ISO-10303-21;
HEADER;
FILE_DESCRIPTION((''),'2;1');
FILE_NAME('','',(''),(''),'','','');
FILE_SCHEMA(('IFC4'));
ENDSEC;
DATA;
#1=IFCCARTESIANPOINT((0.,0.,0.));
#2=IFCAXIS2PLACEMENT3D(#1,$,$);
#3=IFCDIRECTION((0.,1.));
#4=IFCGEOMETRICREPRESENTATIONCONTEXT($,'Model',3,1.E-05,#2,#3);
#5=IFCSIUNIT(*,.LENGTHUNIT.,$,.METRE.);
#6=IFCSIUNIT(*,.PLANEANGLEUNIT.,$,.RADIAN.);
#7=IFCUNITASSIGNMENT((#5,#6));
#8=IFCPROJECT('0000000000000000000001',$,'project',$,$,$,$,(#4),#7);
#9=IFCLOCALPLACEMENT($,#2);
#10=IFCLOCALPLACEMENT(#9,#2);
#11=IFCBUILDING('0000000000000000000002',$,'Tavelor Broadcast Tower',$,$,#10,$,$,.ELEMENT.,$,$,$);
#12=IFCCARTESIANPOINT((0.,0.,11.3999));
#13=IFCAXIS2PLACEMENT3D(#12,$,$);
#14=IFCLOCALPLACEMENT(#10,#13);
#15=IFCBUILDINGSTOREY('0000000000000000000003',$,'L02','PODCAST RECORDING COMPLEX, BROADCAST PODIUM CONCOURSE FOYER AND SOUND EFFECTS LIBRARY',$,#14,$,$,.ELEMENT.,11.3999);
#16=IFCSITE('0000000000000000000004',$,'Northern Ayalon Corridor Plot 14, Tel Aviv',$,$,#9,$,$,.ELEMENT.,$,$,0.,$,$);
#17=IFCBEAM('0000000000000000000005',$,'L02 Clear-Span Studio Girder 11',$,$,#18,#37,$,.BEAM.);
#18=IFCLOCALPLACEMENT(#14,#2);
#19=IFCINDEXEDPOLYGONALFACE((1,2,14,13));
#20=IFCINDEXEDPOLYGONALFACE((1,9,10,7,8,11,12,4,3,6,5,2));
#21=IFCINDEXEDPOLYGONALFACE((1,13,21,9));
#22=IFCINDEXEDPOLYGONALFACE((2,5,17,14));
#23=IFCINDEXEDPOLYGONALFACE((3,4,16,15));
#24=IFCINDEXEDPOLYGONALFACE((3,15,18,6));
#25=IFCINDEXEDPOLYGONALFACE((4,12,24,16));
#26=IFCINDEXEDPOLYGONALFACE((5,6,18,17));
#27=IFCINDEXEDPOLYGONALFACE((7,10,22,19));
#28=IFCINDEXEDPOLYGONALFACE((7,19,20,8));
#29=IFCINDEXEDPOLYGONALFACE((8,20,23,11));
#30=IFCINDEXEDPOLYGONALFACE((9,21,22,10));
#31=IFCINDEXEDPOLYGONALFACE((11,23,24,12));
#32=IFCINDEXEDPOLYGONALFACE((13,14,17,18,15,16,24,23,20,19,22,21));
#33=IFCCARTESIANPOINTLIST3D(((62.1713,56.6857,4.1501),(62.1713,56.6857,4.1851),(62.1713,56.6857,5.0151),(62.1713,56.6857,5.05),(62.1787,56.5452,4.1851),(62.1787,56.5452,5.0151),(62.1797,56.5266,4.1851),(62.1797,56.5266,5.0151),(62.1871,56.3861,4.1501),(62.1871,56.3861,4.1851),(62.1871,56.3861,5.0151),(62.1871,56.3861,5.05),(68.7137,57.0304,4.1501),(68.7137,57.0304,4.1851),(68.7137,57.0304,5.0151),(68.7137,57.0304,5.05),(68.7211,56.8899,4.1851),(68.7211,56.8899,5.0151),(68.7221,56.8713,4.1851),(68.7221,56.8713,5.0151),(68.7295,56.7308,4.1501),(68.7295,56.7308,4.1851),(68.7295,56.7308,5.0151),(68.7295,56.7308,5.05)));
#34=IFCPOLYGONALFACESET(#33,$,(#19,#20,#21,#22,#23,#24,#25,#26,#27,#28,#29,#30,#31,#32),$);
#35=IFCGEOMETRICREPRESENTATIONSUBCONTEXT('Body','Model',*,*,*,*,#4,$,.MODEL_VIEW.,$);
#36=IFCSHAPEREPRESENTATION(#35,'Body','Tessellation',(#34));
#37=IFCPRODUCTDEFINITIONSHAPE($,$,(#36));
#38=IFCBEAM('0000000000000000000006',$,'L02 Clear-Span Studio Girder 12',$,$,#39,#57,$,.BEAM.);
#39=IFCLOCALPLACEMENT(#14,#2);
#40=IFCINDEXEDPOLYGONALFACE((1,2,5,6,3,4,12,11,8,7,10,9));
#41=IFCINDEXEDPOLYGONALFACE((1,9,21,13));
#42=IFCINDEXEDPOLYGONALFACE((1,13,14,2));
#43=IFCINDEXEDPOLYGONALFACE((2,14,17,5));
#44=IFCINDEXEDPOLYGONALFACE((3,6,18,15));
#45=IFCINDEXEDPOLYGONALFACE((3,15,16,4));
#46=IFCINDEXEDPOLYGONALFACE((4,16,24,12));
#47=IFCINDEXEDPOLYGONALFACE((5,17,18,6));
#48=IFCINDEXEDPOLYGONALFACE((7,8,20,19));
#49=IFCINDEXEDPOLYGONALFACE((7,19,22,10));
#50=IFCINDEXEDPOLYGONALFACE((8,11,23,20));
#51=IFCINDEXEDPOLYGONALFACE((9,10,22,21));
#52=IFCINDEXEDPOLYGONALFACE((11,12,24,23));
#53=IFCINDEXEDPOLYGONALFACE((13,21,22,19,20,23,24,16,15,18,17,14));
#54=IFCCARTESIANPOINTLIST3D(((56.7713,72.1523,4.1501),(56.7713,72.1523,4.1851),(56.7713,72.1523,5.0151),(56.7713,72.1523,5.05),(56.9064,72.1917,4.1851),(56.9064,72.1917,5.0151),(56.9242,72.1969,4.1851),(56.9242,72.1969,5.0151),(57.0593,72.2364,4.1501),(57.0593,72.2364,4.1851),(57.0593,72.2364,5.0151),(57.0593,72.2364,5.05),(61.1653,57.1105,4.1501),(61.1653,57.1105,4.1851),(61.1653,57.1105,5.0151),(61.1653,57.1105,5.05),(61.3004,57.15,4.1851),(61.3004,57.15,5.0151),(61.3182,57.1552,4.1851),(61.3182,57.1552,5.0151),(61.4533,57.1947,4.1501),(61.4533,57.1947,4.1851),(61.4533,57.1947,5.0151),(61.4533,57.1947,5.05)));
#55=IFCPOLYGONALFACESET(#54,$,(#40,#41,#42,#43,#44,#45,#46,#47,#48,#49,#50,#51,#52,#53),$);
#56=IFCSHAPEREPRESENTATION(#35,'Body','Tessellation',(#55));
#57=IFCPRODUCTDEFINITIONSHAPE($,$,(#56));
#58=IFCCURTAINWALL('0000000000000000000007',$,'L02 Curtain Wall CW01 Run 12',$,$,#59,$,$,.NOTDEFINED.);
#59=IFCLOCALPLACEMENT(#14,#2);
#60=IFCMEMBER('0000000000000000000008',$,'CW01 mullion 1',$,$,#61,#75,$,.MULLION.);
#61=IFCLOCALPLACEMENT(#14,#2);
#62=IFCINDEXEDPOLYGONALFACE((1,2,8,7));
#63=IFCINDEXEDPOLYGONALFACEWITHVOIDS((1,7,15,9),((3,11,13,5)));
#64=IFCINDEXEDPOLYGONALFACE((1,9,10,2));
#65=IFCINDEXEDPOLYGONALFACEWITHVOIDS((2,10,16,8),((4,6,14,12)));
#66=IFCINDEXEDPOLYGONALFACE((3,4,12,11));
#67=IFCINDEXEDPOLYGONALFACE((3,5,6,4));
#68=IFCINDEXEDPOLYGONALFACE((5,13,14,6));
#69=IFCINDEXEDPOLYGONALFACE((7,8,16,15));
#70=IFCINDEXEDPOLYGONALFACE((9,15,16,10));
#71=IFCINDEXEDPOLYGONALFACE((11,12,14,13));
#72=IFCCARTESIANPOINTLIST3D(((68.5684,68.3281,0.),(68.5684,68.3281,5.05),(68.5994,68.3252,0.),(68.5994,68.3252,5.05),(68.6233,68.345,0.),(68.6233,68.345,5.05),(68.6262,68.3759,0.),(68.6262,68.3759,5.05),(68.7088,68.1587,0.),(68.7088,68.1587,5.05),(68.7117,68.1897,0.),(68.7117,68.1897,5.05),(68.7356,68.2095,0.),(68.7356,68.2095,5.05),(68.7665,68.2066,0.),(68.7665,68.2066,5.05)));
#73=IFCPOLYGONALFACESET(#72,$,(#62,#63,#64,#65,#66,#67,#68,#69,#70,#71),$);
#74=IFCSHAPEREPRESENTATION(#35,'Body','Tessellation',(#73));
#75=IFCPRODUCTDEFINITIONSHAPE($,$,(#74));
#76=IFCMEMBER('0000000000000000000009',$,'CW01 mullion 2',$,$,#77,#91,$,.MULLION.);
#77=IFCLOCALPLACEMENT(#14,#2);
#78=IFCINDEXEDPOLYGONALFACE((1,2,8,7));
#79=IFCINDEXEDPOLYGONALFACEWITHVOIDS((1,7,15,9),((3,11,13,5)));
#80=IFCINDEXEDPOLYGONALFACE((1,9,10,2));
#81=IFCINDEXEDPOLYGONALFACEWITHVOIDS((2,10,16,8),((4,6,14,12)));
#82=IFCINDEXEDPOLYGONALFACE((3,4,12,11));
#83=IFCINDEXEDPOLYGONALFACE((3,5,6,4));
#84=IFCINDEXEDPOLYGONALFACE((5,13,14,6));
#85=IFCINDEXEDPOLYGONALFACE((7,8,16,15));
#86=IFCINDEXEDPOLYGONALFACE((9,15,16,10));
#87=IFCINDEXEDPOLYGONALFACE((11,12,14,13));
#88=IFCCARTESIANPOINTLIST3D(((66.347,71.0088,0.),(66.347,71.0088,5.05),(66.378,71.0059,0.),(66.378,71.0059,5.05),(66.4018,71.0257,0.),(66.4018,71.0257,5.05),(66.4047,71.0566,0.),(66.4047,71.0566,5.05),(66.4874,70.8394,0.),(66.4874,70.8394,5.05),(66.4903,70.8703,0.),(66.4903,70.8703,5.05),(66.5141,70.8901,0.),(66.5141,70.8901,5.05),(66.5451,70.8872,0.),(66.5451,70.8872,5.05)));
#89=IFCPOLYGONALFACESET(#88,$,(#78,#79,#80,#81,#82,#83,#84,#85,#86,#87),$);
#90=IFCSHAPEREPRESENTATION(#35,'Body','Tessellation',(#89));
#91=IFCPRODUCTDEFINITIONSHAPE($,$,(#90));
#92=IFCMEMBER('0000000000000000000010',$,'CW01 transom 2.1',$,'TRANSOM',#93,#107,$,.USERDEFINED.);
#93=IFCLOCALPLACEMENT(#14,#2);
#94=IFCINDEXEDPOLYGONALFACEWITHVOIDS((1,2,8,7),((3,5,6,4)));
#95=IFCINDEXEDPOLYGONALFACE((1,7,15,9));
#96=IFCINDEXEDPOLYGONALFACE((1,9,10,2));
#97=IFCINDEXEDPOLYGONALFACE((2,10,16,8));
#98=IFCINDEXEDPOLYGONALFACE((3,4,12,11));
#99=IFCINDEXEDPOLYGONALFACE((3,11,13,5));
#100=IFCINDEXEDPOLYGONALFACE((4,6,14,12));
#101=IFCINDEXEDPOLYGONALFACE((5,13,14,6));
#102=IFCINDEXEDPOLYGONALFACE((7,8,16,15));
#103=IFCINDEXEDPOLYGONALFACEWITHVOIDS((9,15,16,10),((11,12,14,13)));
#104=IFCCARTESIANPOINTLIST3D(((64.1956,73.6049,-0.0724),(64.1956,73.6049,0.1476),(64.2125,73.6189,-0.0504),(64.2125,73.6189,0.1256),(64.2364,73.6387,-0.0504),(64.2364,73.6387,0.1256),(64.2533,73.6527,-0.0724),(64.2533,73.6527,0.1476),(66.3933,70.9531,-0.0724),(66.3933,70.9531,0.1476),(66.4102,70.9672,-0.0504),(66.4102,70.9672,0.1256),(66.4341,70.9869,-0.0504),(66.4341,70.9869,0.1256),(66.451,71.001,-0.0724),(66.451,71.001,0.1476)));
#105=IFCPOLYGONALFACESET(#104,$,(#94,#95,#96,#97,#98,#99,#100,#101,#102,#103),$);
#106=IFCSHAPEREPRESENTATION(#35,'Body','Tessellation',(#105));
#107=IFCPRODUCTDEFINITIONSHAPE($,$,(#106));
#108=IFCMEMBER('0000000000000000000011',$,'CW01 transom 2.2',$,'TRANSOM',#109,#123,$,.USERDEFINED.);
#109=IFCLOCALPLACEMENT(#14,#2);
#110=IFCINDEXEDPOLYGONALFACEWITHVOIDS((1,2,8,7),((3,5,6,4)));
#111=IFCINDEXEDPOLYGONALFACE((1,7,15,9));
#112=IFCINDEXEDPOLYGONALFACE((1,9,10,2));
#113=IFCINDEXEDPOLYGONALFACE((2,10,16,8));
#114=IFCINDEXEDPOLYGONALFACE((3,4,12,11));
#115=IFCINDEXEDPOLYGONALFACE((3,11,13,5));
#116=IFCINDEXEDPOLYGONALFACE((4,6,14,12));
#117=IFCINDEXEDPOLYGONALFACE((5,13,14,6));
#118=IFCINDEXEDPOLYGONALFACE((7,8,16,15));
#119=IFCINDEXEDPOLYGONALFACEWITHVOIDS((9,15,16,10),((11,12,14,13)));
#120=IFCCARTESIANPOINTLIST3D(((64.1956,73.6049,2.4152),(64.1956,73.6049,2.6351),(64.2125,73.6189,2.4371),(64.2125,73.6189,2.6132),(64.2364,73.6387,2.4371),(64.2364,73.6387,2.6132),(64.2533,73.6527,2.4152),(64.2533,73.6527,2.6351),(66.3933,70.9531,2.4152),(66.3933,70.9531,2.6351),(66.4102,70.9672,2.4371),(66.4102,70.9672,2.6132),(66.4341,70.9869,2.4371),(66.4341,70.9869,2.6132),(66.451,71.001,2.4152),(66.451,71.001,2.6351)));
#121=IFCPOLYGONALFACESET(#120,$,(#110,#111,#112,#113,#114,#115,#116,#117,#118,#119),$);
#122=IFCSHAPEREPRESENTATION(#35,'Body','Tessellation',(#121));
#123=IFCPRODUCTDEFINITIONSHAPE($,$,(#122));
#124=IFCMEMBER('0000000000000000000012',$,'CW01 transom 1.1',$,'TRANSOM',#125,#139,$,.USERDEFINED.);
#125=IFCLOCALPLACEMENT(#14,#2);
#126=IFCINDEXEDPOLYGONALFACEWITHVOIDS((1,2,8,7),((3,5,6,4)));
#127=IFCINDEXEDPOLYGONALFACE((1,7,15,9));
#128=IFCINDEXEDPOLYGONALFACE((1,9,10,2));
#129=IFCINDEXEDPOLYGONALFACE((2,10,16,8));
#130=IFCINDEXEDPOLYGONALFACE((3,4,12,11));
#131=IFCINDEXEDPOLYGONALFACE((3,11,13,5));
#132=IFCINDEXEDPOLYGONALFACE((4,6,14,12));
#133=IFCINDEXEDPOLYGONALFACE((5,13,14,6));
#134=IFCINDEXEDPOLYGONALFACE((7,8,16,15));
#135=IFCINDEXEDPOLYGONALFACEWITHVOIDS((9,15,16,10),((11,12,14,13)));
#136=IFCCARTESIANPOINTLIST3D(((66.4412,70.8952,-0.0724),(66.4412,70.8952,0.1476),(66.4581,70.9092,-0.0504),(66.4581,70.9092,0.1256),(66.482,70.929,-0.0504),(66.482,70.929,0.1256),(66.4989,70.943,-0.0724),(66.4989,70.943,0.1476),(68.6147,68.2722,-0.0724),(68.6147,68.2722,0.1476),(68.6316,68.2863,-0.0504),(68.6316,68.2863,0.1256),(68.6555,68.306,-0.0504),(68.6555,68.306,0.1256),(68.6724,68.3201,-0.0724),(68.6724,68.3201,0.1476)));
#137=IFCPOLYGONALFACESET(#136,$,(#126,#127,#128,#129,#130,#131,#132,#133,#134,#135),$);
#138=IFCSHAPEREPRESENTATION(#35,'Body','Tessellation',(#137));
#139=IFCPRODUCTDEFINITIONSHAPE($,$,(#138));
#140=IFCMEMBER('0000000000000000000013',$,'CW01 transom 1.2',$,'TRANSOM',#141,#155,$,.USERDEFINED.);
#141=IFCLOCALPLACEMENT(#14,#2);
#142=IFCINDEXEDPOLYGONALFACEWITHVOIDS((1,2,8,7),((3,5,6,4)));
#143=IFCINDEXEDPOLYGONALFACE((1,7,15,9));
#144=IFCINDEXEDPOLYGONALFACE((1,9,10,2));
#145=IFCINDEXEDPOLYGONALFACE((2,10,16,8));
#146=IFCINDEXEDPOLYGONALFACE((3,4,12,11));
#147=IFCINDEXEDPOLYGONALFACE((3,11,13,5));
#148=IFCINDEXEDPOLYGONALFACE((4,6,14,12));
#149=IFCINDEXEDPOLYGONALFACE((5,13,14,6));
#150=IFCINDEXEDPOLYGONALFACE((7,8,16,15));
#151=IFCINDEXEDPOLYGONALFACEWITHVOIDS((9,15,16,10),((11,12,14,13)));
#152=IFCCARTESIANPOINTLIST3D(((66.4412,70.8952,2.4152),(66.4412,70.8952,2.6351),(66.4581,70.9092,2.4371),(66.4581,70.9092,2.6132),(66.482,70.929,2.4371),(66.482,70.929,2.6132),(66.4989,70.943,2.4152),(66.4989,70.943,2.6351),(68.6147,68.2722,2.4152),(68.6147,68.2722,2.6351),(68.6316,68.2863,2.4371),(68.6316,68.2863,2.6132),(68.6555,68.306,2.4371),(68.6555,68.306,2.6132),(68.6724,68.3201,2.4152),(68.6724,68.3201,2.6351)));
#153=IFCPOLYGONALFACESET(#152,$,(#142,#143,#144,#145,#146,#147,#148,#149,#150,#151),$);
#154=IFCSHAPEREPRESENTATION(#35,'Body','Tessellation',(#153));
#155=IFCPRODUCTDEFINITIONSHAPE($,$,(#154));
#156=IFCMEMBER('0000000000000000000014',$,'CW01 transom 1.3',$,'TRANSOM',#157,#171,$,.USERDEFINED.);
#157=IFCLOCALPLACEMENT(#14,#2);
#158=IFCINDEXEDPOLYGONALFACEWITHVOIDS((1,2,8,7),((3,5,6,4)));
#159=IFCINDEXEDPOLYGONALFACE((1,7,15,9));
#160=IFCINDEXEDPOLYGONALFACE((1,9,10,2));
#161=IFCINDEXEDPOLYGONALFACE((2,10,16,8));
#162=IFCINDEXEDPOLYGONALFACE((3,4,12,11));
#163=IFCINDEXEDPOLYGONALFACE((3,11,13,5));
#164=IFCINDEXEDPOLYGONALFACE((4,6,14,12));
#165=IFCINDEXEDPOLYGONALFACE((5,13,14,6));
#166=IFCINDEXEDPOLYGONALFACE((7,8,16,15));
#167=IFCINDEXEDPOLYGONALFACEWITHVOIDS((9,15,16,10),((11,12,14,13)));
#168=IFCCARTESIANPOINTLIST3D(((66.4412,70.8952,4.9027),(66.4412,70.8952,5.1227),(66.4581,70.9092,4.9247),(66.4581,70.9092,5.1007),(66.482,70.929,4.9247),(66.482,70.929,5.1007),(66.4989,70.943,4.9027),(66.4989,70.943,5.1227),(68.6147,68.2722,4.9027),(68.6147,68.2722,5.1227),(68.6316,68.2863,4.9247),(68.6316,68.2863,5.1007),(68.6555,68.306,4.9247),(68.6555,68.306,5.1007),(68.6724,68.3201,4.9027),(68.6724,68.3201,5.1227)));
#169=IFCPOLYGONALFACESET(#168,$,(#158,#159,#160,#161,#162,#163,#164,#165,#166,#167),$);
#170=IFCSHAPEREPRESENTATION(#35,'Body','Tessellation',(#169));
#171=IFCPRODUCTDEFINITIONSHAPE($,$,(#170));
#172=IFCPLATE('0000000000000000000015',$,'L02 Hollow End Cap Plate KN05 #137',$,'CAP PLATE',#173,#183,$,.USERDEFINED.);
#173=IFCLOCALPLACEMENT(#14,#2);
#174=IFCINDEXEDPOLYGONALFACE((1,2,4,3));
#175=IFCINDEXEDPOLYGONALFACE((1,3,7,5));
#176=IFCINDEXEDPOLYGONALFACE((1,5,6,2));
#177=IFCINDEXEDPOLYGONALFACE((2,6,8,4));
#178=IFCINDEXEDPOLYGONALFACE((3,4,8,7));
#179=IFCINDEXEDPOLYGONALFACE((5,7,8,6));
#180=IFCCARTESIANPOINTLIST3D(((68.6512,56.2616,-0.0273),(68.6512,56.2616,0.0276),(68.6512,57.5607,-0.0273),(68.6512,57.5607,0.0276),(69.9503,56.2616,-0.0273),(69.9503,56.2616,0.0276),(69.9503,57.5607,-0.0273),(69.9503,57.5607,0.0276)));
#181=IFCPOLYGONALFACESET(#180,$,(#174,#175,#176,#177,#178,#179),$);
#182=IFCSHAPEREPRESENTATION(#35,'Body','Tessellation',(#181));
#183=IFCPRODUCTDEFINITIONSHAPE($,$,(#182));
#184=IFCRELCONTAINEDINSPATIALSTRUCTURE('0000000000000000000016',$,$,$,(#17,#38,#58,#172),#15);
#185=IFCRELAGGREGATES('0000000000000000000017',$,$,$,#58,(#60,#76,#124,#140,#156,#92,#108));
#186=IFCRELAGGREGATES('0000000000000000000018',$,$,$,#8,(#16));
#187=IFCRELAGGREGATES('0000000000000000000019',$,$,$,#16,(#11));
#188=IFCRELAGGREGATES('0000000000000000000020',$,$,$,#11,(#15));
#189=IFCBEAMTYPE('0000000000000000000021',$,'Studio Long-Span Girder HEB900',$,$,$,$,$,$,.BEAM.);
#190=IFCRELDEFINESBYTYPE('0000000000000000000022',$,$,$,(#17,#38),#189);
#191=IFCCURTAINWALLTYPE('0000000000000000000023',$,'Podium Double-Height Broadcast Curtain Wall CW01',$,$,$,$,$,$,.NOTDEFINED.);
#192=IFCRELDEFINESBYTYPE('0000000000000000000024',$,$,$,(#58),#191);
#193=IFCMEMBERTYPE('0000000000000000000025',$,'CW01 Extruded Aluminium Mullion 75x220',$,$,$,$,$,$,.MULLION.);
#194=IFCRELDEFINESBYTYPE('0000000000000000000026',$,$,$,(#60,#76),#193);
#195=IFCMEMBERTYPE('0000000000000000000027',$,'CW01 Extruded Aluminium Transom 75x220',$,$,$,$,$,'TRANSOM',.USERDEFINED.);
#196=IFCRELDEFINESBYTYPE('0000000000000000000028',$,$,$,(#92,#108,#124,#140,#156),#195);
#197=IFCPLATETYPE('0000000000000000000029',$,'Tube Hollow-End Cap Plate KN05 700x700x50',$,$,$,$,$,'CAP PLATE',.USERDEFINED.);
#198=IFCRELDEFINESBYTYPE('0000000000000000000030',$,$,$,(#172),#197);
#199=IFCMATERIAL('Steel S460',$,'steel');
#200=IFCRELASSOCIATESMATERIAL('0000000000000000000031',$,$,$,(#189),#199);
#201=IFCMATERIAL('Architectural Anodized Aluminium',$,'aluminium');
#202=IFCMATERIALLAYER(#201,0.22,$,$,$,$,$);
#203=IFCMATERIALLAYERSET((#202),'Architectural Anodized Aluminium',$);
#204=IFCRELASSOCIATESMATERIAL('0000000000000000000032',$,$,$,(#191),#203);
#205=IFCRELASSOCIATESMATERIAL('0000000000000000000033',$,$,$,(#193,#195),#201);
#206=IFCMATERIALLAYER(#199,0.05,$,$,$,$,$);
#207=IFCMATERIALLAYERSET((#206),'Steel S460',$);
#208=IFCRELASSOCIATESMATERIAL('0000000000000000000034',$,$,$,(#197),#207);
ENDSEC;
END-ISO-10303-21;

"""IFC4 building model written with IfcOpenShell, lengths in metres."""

from ifc_helpers import new_model, si_unit, direction, frame, origin, origin_2d, place, context, subcontext, project, spatial, rectangle, hollow_rectangle, i_section, extrude, source, transform, mapped, material, layer, layer_set, material_profile, profile_set, type_object, type_shapes, element, aggregate, save


model = new_model("IFC4")

# Units and contexts
model_context = context("Model", 3, precision=1e-05, world=origin(), true_north=direction((0.0, 1.0)))
body_context = subcontext(model_context, "Body", "Model", "MODEL_VIEW")
ifc_project = project(units=[si_unit("LENGTHUNIT", "METRE"), si_unit("PLANEANGLEUNIT", "RADIAN")], contexts=[model_context])

# Site, building, storey
site_placement = place(None, origin())
site = spatial("IfcSite", under=ifc_project, at=site_placement, Name="Northern Ayalon Corridor Plot 14, Tel Aviv", CompositionType="ELEMENT", RefElevation=0.0)
building_placement = place(site_placement, origin())
building = spatial("IfcBuilding", under=site, at=building_placement, Name="Tavelor Broadcast Tower", CompositionType="ELEMENT")
storey_placement = place(building_placement, frame((0.0, 0.0, 11.3999)))
storey = spatial("IfcBuildingStorey", under=building, at=storey_placement, Name="L02", Description="PODCAST RECORDING COMPLEX, BROADCAST PODIUM CONCOURSE FOYER AND SOUND EFFECTS LIBRARY", CompositionType="ELEMENT", Elevation=11.3999)

# Shared definitions
ifc_material_1 = material(Name="Steel S460", Category="steel")

# Beams
ifc_material_profile_1 = material_profile(ifc_material_1, i_section(OverallWidth=0.3, OverallDepth=0.8999, WebThickness=0.0186, FlangeThickness=0.0349, at=origin_2d()), Name="HEB 900")
ifc_profile_set_1 = profile_set([ifc_material_profile_1], Name="Steel S460")
beam_type_1 = type_object("IfcBeamType", Name="Studio Long-Span Girder HEB900", PredefinedType="BEAM", material=ifc_profile_set_1)
beam_1_placement = place(storey_placement, frame((62.1792, 56.5359, 4.6001), z_axis=(0.998615, 0.052618, 0.0), x_axis=(-0.052618, 0.998615, 0.0)))
element("IfcBeam", 1, at=beam_1_placement, inside=storey, type_object=beam_type_1, Name="L02 Clear-Span Studio Girder 11", PredefinedType="BEAM", context=body_context, shape_type="SweptSolid", body=[
    extrude(i_section(OverallWidth=0.3, OverallDepth=0.8999, WebThickness=0.0186, FlangeThickness=0.0349, at=origin_2d()), origin(), (0.0, 0.0, 1.0), 6.5515),
])
beam_2_placement = place(storey_placement, frame((61.3093, 57.1526, 4.6001), z_axis=(-0.280404, 0.959882, 0.0), x_axis=(-0.959882, -0.280404, 0.0)))
element("IfcBeam", 2, at=beam_2_placement, inside=storey, type_object=beam_type_1, Name="L02 Clear-Span Studio Girder 12", PredefinedType="BEAM", context=body_context, shape_type="SweptSolid", body=[
    extrude(i_section(OverallWidth=0.3, OverallDepth=0.8999, WebThickness=0.0186, FlangeThickness=0.0349, at=origin_2d()), origin(), (0.0, 0.0, 1.0), 15.6704),
])

# Curtain wall, members
ifc_material_2 = material(Name="Architectural Anodized Aluminium", Category="aluminium")
ifc_layer_1 = layer(ifc_material_2, 0.22)
ifc_layer_set_1 = layer_set([ifc_layer_1], Name="Architectural Anodized Aluminium")
curtain_wall_type = type_object("IfcCurtainWallType", Name="Podium Double-Height Broadcast Curtain Wall CW01", PredefinedType="NOTDEFINED", material=ifc_layer_set_1)
curtain_wall_placement = place(storey_placement, origin())
curtain_wall = element("IfcCurtainWall", 3, at=curtain_wall_placement, inside=storey, type_object=curtain_wall_type, Name="L02 Curtain Wall CW01 Run 12", PredefinedType="NOTDEFINED")
ifc_material_profile_2 = material_profile(ifc_material_2, hollow_rectangle(XDim=0.075, YDim=0.22, WallThickness=0.022, at=origin_2d()), Name="RHS 75x220x22")
ifc_profile_set_2 = profile_set([ifc_material_profile_2], Name="Architectural Anodized Aluminium")
member_type_1 = type_object("IfcMemberType", Name="CW01 Extruded Aluminium Mullion 75x220", PredefinedType="MULLION", material=ifc_profile_set_2)
shared_shape_1 = source(origin(), body_context, "Body", "SweptSolid", [
    extrude(hollow_rectangle(XDim=0.075, YDim=0.22, WallThickness=0.022, at=origin_2d()), origin(), (0.0, 0.0, 1.0), 5.05),
])
type_shapes(member_type_1, [shared_shape_1])
member_1_placement = place(storey_placement, frame((68.6675, 68.2673, 0.0), z_axis=(0.0, 0.0, 1.0), x_axis=(-0.769982, -0.638065, 0.0)))
member_1 = element("IfcMember", 4, at=member_1_placement, type_object=member_type_1, Name="CW01 mullion 1", PredefinedType="MULLION", context=body_context, shape_type="MappedRepresentation", body=[
    mapped(shared_shape_1, transform((0.0, 0.0, 0.0), scale=1.0)),
])
member_2_placement = place(storey_placement, frame((66.446, 70.948, 0.0), z_axis=(0.0, 0.0, 1.0), x_axis=(-0.769982, -0.638065, 0.0)))
member_2 = element("IfcMember", 5, at=member_2_placement, type_object=member_type_1, Name="CW01 mullion 2", PredefinedType="MULLION", context=body_context, shape_type="MappedRepresentation", body=[
    mapped(shared_shape_1, transform((0.0, 0.0, 0.0), scale=1.0)),
])
ifc_material_profile_3 = material_profile(ifc_material_2, hollow_rectangle(XDim=0.075, YDim=0.22, WallThickness=0.022, at=origin_2d()), Name="RHS 75x220x22")
ifc_profile_set_3 = profile_set([ifc_material_profile_3], Name="Architectural Anodized Aluminium")
member_type_2 = type_object("IfcMemberType", Name="CW01 Extruded Aluminium Transom 75x220", ElementType="TRANSOM", PredefinedType="USERDEFINED", material=ifc_profile_set_3)
shared_shape_2 = source(origin(), body_context, "Body", "SweptSolid", [
    extrude(hollow_rectangle(XDim=0.075, YDim=0.22, WallThickness=0.022, at=origin_2d()), origin(), (0.0, 0.0, 1.0), 3.4441),
])
member_3_placement = place(storey_placement, frame((66.4221, 70.9771, 0.0376), z_axis=(-0.638104, 0.76995, 0.0), x_axis=(-0.76995, -0.638104, 0.0)))
member_3 = element("IfcMember", 6, at=member_3_placement, type_object=member_type_2, Name="CW01 transom 2.1", ObjectType="TRANSOM", PredefinedType="USERDEFINED", context=body_context, shape_type="MappedRepresentation", body=[
    mapped(shared_shape_2, transform((0.0, 0.0, 0.0), scale=1.0)),
])
member_4_placement = place(storey_placement, frame((66.4221, 70.9771, 2.5251), z_axis=(-0.638104, 0.76995, 0.0), x_axis=(-0.76995, -0.638104, 0.0)))
member_4 = element("IfcMember", 7, at=member_4_placement, type_object=member_type_2, Name="CW01 transom 2.2", ObjectType="TRANSOM", PredefinedType="USERDEFINED", context=body_context, shape_type="MappedRepresentation", body=[
    mapped(shared_shape_2, transform((0.0, 0.0, 0.0), scale=1.0)),
])
shared_shape_3 = source(origin(), body_context, "Body", "SweptSolid", [
    extrude(hollow_rectangle(XDim=0.075, YDim=0.22, WallThickness=0.022, at=origin_2d()), origin(), (0.0, 0.0, 1.0), 3.4065),
])
type_shapes(member_type_2, [shared_shape_2, shared_shape_3])
member_5_placement = place(storey_placement, frame((68.6436, 68.2961, 0.0376), z_axis=(-0.638053, 0.769992, 0.0), x_axis=(-0.769992, -0.638053, 0.0)))
member_5 = element("IfcMember", 8, at=member_5_placement, type_object=member_type_2, Name="CW01 transom 1.1", ObjectType="TRANSOM", PredefinedType="USERDEFINED", context=body_context, shape_type="MappedRepresentation", body=[
    mapped(shared_shape_3, transform((0.0, 0.0, 0.0), scale=1.0)),
])
member_6_placement = place(storey_placement, frame((68.6436, 68.2961, 2.5251), z_axis=(-0.638053, 0.769992, 0.0), x_axis=(-0.769992, -0.638053, 0.0)))
member_6 = element("IfcMember", 9, at=member_6_placement, type_object=member_type_2, Name="CW01 transom 1.2", ObjectType="TRANSOM", PredefinedType="USERDEFINED", context=body_context, shape_type="MappedRepresentation", body=[
    mapped(shared_shape_3, transform((0.0, 0.0, 0.0), scale=1.0)),
])
member_7_placement = place(storey_placement, frame((68.6436, 68.2961, 5.0127), z_axis=(-0.638053, 0.769992, 0.0), x_axis=(-0.769992, -0.638053, 0.0)))
member_7 = element("IfcMember", 10, at=member_7_placement, type_object=member_type_2, Name="CW01 transom 1.3", ObjectType="TRANSOM", PredefinedType="USERDEFINED", context=body_context, shape_type="MappedRepresentation", body=[
    mapped(shared_shape_3, transform((0.0, 0.0, 0.0), scale=1.0)),
])

# Plate
ifc_layer_2 = layer(ifc_material_1, 0.05)
ifc_layer_set_2 = layer_set([ifc_layer_2], Name="Steel S460")
plate_type_1 = type_object("IfcPlateType", Name="Tube Hollow-End Cap Plate KN05 700x700x50", ElementType="CAP PLATE", PredefinedType="USERDEFINED", material=ifc_layer_set_2)
shared_shape_4 = source(origin(), body_context, "Body", "SweptSolid", [
    extrude(rectangle(XDim=1.2991, YDim=1.2991, at=origin_2d()), origin(), (0.0, 0.0, 1.0), 0.0549),
])
type_shapes(plate_type_1, [shared_shape_4])
for number, where, z_axis, x_axis, name in (
    (11, (69.3008, 56.9111, -0.0273), (0.0, 0.0, 1.0), (1.0, 0.0, 0.0), "L02 Hollow End Cap Plate KN05 #137"),
):
    element("IfcPlate", number, at=place(storey_placement, frame(where, z_axis=z_axis, x_axis=x_axis)), inside=storey, type_object=plate_type_1, Name=name, ObjectType="CAP PLATE", PredefinedType="USERDEFINED", context=body_context, shape_type="MappedRepresentation", body=[
        mapped(shared_shape_4, transform((0.0, 0.0, 0.0), scale=1.0)),
    ])

aggregate(curtain_wall, [member_1, member_2, member_5, member_6, member_7, member_3, member_4])

save(model, "model.ifc")
